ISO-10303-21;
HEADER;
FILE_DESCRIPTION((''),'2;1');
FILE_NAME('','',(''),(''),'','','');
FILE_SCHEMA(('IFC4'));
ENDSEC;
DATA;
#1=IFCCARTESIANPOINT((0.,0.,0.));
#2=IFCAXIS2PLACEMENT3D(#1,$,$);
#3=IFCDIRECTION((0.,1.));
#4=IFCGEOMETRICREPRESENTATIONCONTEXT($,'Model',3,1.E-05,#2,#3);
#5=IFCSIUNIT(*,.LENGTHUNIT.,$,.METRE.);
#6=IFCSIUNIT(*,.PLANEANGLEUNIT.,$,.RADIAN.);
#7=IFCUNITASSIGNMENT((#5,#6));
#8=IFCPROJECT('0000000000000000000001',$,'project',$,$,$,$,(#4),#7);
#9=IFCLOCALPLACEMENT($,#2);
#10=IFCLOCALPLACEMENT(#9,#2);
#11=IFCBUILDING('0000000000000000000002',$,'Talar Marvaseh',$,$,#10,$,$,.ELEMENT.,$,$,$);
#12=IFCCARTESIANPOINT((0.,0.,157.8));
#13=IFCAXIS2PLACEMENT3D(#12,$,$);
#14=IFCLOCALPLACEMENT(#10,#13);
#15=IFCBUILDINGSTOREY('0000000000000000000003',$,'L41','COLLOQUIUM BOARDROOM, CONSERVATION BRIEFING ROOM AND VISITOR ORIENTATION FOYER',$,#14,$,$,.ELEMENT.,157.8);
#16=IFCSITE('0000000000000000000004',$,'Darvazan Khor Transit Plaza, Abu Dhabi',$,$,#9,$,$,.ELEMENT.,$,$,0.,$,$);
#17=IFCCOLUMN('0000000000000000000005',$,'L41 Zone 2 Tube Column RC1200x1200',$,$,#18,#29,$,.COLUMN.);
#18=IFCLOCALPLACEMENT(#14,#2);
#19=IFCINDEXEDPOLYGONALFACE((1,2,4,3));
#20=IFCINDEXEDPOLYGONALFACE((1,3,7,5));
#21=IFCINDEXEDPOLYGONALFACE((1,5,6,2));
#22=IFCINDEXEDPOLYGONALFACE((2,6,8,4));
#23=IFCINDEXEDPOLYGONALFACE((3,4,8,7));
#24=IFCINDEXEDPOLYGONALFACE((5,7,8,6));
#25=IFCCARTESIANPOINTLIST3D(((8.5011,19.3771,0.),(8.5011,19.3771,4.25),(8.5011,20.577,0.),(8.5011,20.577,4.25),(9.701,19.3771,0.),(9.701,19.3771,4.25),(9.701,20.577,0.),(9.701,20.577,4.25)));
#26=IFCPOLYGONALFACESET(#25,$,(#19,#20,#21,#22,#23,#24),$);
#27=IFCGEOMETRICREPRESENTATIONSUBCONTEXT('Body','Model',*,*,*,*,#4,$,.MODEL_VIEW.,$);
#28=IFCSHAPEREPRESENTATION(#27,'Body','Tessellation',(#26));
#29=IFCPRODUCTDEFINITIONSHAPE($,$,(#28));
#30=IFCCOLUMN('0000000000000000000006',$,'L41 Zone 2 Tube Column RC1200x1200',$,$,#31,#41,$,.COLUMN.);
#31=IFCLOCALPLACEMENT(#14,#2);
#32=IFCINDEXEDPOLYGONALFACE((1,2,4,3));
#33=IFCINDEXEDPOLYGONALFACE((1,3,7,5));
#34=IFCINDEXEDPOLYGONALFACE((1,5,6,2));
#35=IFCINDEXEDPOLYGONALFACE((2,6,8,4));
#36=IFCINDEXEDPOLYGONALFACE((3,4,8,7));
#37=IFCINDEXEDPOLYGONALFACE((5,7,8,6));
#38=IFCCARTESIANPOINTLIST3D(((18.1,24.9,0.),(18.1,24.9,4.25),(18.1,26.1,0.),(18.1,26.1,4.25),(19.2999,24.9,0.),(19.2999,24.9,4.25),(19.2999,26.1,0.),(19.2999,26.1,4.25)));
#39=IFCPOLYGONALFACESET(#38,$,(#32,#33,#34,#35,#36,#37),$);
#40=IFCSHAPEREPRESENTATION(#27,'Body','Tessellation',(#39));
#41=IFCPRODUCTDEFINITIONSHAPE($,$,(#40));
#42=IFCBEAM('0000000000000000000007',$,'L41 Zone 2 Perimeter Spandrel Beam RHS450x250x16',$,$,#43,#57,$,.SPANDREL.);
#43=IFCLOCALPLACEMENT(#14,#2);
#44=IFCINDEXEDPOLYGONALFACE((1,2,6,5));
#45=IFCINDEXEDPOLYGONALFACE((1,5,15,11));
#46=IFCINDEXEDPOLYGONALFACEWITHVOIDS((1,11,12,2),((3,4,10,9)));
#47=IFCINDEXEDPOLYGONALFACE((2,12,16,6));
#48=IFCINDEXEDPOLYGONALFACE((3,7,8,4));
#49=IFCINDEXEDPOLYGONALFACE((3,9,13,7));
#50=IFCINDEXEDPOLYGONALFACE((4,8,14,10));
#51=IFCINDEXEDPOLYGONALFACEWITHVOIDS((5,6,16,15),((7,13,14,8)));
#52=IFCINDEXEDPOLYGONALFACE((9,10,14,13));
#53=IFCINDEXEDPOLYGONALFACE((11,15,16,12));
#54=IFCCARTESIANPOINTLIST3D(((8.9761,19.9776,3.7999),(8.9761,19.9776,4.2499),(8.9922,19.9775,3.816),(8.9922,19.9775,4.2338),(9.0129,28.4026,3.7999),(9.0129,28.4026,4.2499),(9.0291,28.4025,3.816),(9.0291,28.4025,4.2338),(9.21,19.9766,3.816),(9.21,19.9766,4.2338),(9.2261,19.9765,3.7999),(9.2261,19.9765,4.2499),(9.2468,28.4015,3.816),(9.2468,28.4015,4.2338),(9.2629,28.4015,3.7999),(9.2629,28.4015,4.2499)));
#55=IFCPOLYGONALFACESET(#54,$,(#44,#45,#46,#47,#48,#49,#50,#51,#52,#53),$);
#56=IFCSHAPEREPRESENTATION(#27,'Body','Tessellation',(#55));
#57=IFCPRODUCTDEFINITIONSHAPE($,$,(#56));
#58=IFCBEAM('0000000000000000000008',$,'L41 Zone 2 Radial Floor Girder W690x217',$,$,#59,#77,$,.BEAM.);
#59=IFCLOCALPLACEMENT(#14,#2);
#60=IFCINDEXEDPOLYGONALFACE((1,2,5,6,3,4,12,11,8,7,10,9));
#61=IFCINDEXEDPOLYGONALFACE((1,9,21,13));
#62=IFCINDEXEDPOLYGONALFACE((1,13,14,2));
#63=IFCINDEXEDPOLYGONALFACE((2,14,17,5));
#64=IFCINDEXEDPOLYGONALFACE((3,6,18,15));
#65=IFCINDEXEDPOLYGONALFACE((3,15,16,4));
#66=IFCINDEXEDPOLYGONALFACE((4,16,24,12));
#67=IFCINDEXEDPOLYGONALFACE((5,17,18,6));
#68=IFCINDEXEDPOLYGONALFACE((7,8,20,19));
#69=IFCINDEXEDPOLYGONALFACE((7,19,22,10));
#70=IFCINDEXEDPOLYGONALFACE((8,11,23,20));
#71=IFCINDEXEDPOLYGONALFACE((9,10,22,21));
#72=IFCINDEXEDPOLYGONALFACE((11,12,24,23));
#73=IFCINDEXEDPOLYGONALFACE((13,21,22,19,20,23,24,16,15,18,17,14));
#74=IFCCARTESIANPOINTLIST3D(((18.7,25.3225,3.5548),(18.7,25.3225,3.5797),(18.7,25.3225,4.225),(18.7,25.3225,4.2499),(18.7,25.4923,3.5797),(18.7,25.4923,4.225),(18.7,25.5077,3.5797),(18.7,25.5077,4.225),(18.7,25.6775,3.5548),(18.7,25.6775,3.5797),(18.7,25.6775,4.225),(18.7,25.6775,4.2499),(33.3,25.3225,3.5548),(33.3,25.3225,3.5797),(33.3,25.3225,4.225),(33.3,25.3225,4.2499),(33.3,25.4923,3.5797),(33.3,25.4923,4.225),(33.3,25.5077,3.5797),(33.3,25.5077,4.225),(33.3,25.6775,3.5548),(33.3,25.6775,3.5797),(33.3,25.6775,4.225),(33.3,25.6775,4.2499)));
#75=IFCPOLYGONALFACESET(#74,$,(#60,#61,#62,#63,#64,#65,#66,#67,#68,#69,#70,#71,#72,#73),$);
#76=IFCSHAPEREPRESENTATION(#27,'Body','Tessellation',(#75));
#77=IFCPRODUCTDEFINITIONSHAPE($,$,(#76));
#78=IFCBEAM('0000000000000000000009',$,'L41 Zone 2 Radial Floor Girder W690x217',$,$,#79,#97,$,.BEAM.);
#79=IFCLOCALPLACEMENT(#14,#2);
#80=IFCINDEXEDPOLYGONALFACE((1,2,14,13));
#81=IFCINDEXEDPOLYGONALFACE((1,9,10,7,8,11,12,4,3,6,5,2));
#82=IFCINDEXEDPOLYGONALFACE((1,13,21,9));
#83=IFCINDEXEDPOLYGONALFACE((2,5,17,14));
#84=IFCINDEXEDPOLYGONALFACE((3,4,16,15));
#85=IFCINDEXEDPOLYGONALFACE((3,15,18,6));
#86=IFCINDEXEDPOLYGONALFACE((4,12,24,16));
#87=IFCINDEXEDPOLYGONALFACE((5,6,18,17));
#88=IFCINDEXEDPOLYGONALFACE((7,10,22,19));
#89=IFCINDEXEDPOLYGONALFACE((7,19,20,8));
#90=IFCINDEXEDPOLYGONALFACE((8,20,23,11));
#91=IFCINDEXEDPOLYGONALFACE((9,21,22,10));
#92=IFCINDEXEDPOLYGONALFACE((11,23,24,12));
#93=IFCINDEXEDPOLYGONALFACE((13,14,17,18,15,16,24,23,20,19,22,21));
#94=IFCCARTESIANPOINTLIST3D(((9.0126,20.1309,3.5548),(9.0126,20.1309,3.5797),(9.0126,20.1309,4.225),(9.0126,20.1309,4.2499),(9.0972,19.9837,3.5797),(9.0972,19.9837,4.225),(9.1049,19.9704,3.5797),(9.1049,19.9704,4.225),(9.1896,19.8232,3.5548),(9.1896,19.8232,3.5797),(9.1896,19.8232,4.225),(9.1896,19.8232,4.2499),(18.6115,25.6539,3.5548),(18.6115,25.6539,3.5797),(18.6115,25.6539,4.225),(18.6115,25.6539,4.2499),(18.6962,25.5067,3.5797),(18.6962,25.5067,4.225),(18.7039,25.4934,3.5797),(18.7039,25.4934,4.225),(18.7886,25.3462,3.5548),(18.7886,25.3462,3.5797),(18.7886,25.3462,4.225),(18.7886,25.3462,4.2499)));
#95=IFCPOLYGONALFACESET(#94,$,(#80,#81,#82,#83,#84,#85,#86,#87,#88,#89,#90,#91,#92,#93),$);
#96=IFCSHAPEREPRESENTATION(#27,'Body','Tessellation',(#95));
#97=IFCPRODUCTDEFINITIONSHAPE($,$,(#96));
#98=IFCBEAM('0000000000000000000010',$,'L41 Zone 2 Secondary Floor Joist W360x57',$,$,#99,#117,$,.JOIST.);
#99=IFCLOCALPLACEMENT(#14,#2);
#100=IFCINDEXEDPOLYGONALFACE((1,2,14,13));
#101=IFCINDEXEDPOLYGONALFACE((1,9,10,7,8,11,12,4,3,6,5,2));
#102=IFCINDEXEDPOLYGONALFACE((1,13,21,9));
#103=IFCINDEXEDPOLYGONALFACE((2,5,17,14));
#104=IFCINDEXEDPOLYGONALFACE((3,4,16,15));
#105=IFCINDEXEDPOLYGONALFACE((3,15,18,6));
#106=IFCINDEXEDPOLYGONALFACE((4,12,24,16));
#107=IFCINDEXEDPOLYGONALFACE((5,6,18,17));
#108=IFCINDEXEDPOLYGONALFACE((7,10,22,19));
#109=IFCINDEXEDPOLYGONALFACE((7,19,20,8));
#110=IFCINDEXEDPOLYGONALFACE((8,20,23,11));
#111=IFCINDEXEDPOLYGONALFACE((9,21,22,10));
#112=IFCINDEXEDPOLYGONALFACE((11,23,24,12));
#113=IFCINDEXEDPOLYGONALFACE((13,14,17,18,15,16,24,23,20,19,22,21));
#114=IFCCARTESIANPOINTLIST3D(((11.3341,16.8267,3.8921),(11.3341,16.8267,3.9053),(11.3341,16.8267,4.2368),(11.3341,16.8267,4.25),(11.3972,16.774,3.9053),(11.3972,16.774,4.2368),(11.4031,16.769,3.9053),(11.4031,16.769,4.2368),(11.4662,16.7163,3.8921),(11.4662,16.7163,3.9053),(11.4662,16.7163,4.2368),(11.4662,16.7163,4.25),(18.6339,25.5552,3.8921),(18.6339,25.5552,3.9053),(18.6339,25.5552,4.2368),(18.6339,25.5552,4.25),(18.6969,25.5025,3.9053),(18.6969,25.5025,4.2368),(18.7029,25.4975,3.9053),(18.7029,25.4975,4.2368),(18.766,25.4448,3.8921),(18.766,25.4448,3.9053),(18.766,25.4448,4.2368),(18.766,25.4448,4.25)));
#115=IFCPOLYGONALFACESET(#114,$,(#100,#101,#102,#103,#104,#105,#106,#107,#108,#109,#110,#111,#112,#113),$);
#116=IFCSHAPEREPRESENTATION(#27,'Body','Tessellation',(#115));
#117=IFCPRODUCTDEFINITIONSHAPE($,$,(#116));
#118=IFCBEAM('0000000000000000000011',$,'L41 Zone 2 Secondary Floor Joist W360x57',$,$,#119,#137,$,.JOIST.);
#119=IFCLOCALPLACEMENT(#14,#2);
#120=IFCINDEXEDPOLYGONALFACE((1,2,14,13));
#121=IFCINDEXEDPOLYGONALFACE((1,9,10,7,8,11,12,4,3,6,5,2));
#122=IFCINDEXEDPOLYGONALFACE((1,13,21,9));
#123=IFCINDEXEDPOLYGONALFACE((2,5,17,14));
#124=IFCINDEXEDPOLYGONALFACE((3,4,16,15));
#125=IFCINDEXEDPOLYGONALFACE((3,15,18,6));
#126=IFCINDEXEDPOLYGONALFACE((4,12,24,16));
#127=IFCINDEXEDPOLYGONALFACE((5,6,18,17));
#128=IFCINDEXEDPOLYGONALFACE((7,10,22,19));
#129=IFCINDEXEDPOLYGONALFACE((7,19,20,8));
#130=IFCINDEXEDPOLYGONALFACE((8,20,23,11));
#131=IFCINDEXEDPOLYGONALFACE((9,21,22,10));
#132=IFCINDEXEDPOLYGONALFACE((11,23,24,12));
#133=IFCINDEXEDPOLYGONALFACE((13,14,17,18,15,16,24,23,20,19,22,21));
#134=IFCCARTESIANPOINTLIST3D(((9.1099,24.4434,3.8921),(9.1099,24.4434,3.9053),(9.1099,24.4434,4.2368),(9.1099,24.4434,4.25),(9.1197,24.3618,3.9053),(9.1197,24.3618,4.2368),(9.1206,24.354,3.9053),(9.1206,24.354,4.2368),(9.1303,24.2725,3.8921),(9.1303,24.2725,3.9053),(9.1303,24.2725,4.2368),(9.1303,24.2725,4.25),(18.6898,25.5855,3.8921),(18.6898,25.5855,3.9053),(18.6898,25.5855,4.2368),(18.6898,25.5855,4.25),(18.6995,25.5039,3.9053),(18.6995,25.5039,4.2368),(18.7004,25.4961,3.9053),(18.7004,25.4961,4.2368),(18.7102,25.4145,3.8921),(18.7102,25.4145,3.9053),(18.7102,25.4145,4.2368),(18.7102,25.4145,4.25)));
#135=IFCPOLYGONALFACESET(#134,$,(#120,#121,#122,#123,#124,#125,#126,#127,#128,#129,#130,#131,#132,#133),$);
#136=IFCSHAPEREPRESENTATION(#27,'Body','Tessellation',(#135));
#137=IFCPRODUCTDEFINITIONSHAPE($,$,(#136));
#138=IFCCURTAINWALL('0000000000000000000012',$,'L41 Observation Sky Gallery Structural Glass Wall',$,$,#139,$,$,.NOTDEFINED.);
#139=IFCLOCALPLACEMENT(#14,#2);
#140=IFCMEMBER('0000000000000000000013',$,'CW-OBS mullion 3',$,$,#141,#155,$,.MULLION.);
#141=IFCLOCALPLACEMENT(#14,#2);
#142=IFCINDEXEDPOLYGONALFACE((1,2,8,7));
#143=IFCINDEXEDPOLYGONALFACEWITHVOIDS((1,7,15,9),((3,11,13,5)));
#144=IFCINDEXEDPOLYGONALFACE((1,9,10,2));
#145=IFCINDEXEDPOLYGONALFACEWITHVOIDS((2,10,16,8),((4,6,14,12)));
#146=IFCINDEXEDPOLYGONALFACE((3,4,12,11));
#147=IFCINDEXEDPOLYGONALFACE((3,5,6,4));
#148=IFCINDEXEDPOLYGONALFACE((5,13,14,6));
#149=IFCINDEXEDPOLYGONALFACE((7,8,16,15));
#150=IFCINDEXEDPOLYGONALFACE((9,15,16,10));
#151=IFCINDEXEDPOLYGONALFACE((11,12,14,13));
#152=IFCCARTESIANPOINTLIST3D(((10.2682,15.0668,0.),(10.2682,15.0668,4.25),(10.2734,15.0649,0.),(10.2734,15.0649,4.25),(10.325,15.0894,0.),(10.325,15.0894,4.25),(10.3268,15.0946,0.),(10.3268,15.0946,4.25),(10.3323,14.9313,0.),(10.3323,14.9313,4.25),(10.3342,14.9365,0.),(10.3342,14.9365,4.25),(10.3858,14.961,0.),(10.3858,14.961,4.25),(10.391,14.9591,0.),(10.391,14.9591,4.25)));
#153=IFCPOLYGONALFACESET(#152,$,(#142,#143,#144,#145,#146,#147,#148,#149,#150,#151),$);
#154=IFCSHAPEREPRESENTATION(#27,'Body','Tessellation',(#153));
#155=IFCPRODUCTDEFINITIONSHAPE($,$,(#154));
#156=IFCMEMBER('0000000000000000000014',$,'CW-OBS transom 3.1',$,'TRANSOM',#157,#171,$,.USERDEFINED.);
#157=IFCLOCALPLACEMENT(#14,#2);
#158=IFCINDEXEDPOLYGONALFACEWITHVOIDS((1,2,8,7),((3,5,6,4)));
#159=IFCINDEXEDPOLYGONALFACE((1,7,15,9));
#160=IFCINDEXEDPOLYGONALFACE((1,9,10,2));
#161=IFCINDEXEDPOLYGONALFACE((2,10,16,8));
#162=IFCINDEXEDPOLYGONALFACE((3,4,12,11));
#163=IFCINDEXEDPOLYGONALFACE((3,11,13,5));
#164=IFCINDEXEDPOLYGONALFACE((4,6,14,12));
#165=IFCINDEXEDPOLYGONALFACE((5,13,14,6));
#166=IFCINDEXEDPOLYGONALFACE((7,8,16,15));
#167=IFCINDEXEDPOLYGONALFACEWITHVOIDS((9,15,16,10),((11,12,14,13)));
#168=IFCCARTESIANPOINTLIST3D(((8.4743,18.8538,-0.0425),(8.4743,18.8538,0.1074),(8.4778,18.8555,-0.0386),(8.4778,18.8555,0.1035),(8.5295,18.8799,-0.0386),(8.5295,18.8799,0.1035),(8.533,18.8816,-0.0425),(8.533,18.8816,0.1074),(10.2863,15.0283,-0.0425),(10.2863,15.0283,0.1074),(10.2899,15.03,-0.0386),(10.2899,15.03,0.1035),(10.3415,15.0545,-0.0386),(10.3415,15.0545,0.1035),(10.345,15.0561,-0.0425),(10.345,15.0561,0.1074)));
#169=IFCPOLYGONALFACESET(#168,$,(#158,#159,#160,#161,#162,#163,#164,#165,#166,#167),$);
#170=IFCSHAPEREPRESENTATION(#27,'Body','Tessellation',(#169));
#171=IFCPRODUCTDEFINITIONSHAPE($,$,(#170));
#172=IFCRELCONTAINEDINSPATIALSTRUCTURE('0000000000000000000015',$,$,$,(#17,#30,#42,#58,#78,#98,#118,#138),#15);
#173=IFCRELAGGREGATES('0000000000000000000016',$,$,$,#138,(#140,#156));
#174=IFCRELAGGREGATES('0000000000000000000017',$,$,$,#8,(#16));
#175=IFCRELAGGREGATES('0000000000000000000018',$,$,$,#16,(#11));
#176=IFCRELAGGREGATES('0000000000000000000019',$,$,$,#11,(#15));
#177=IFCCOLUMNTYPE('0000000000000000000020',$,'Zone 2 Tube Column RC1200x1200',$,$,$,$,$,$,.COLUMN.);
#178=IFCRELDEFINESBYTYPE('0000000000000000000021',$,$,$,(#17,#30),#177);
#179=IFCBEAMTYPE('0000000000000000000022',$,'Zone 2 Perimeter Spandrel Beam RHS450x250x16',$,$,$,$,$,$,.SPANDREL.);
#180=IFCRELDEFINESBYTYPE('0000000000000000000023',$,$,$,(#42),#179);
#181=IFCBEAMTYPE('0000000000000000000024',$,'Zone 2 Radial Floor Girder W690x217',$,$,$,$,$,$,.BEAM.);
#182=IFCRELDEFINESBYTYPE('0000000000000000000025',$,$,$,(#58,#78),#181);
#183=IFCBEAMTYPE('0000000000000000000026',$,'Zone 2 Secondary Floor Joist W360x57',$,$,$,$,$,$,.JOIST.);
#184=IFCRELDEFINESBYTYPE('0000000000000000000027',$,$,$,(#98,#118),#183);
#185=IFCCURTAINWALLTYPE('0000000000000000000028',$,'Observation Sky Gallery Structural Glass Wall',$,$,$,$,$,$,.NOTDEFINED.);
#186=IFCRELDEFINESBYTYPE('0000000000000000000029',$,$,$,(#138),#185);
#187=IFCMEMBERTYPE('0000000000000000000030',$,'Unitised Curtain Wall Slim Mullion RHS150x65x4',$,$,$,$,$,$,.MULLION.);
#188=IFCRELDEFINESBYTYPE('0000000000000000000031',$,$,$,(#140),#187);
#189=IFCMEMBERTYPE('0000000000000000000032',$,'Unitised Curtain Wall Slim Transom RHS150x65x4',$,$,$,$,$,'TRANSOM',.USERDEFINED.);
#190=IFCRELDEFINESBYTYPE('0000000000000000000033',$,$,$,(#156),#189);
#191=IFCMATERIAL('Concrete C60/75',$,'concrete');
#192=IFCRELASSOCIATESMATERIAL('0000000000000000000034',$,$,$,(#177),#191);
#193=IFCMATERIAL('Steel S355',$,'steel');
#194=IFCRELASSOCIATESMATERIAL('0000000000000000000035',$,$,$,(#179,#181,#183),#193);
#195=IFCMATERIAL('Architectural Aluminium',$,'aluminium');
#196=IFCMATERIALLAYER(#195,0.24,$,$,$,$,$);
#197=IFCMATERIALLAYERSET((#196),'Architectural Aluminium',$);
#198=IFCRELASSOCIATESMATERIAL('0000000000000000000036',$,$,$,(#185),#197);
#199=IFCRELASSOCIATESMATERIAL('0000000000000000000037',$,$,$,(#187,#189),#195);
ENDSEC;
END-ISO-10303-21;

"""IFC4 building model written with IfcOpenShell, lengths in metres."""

from ifc_helpers import new_model, si_unit, direction, frame, origin, origin_2d, place, context, subcontext, project, spatial, rectangle, hollow_rectangle, i_section, extrude, source, transform, mapped, material, layer, layer_set, material_profile, profile_set, type_object, type_shapes, element, aggregate, save


model = new_model("IFC4")

# Units and contexts
model_context = context("Model", 3, precision=1e-05, world=origin(), true_north=direction((0.0, 1.0)))
body_context = subcontext(model_context, "Body", "Model", "MODEL_VIEW")
ifc_project = project(units=[si_unit("LENGTHUNIT", "METRE"), si_unit("PLANEANGLEUNIT", "RADIAN")], contexts=[model_context])

# Site, building, storey
site_placement = place(None, origin())
site = spatial("IfcSite", under=ifc_project, at=site_placement, Name="Darvazan Khor Transit Plaza, Abu Dhabi", CompositionType="ELEMENT", RefElevation=0.0)
building_placement = place(site_placement, origin())
building = spatial("IfcBuilding", under=site, at=building_placement, Name="Talar Marvaseh", CompositionType="ELEMENT")
storey_placement = place(building_placement, frame((0.0, 0.0, 157.8)))
storey = spatial("IfcBuildingStorey", under=building, at=storey_placement, Name="L41", Description="COLLOQUIUM BOARDROOM, CONSERVATION BRIEFING ROOM AND VISITOR ORIENTATION FOYER", CompositionType="ELEMENT", Elevation=157.8)

# Columns
ifc_material_1 = material(Name="Concrete C60/75", Category="concrete")
ifc_material_profile_1 = material_profile(ifc_material_1, rectangle(XDim=1.2, YDim=1.2, at=origin_2d()), Name="RC1200x1200")
ifc_profile_set_1 = profile_set([ifc_material_profile_1], Name="Concrete C60/75")
column_type = type_object("IfcColumnType", Name="Zone 2 Tube Column RC1200x1200", PredefinedType="COLUMN", material=ifc_profile_set_1)
for number, where, z_axis, x_axis, name in (
    (1, (9.1011, 19.9771, 0.0), (0.0, 0.0, 1.0), (1.0, 0.0, 0.0), "L41 Zone 2 Tube Column RC1200x1200"),
    (2, (18.7, 25.5, 0.0), (0.0, 0.0, 1.0), (1.0, 0.0, 0.0), "L41 Zone 2 Tube Column RC1200x1200"),
):
    element("IfcColumn", number, at=place(storey_placement, frame(where, z_axis=z_axis, x_axis=x_axis)), inside=storey, type_object=column_type, Name=name, PredefinedType="COLUMN", context=body_context, shape_type="SweptSolid", body=[
        extrude(rectangle(XDim=1.2, YDim=1.2, at=origin_2d()), origin(), (0.0, 0.0, 1.0), 4.25),
    ])

# Beams
ifc_material_2 = material(Name="Steel S355", Category="steel")
ifc_material_profile_2 = material_profile(ifc_material_2, hollow_rectangle(XDim=0.25, YDim=0.45, WallThickness=0.0161, at=origin_2d()), Name="RHS450x250x16")
ifc_profile_set_2 = profile_set([ifc_material_profile_2], Name="Steel S355")
beam_type_1 = type_object("IfcBeamType", Name="Zone 2 Perimeter Spandrel Beam RHS450x250x16", PredefinedType="SPANDREL", material=ifc_profile_set_2)
beam_1_placement = place(storey_placement, frame((9.1011, 19.9771, 4.0249), z_axis=(0.004376, 0.99999, 0.0), x_axis=(-0.99999, 0.004376, 0.0)))
element("IfcBeam", 3, at=beam_1_placement, inside=storey, type_object=beam_type_1, Name="L41 Zone 2 Perimeter Spandrel Beam RHS450x250x16", PredefinedType="SPANDREL", context=body_context, shape_type="SweptSolid", body=[
    extrude(hollow_rectangle(XDim=0.25, YDim=0.45, WallThickness=0.0161, at=origin_2d()), origin(), (0.0, 0.0, 1.0), 8.425),
])
ifc_material_profile_3 = material_profile(ifc_material_2, i_section(OverallWidth=0.355, OverallDepth=0.6951, WebThickness=0.0154, FlangeThickness=0.0249, at=origin_2d()), Name="W690x217")
ifc_profile_set_3 = profile_set([ifc_material_profile_3], Name="Steel S355")
beam_type_2 = type_object("IfcBeamType", Name="Zone 2 Radial Floor Girder W690x217", PredefinedType="BEAM", material=ifc_profile_set_3)
beam_2_placement = place(storey_placement, frame((18.7, 25.5, 3.9023), z_axis=(1.0, 0.0, 0.0), x_axis=(0.0, 1.0, 0.0)))
element("IfcBeam", 4, at=beam_2_placement, inside=storey, type_object=beam_type_2, Name="L41 Zone 2 Radial Floor Girder W690x217", PredefinedType="BEAM", context=body_context, shape_type="SweptSolid", body=[
    extrude(i_section(OverallWidth=0.355, OverallDepth=0.6951, WebThickness=0.0154, FlangeThickness=0.0249, at=origin_2d()), origin(), (0.0, 0.0, 1.0), 14.6001),
])
beam_3_placement = place(storey_placement, frame((9.1011, 19.9771, 3.9023), z_axis=(0.866766, 0.498715, 0.0), x_axis=(-0.498715, 0.866766, 0.0)))
element("IfcBeam", 5, at=beam_3_placement, inside=storey, type_object=beam_type_2, Name="L41 Zone 2 Radial Floor Girder W690x217", PredefinedType="BEAM", context=body_context, shape_type="SweptSolid", body=[
    extrude(i_section(OverallWidth=0.355, OverallDepth=0.6951, WebThickness=0.0154, FlangeThickness=0.0249, at=origin_2d()), origin(), (0.0, 0.0, 1.0), 11.0745),
])
ifc_material_profile_4 = material_profile(ifc_material_2, i_section(OverallWidth=0.1721, OverallDepth=0.3579, WebThickness=0.0078, FlangeThickness=0.0132, at=origin_2d()), Name="W360x57")
ifc_profile_set_4 = profile_set([ifc_material_profile_4], Name="Steel S355")
beam_type_3 = type_object("IfcBeamType", Name="Zone 2 Secondary Floor Joist W360x57", PredefinedType="JOIST", material=ifc_profile_set_4)
beam_4_placement = place(storey_placement, frame((11.4001, 16.7715, 4.071), z_axis=(0.641534, 0.767095, 0.0), x_axis=(-0.767095, 0.641534, 0.0)))
element("IfcBeam", 6, at=beam_4_placement, inside=storey, type_object=beam_type_3, Name="L41 Zone 2 Secondary Floor Joist W360x57", PredefinedType="JOIST", context=body_context, shape_type="SweptSolid", body=[
    extrude(i_section(OverallWidth=0.1721, OverallDepth=0.3579, WebThickness=0.0078, FlangeThickness=0.0132, at=origin_2d()), origin(), (0.0, 0.0, 1.0), 11.3787),
])
beam_5_placement = place(storey_placement, frame((9.1201, 24.3579, 4.071), z_axis=(0.992968, 0.11838, 0.0), x_axis=(-0.11838, 0.992968, 0.0)))
element("IfcBeam", 7, at=beam_5_placement, inside=storey, type_object=beam_type_3, Name="L41 Zone 2 Secondary Floor Joist W360x57", PredefinedType="JOIST", context=body_context, shape_type="SweptSolid", body=[
    extrude(i_section(OverallWidth=0.1721, OverallDepth=0.3579, WebThickness=0.0078, FlangeThickness=0.0132, at=origin_2d()), origin(), (0.0, 0.0, 1.0), 9.6477),
])

# Curtain wall, members
ifc_material_3 = material(Name="Architectural Aluminium", Category="aluminium")
ifc_layer_1 = layer(ifc_material_3, 0.24)
ifc_layer_set_1 = layer_set([ifc_layer_1], Name="Architectural Aluminium")
curtain_wall_type = type_object("IfcCurtainWallType", Name="Observation Sky Gallery Structural Glass Wall", PredefinedType="NOTDEFINED", material=ifc_layer_set_1)
curtain_wall_placement = place(storey_placement, origin())
curtain_wall = element("IfcCurtainWall", 8, at=curtain_wall_placement, inside=storey, type_object=curtain_wall_type, Name="L41 Observation Sky Gallery Structural Glass Wall", PredefinedType="NOTDEFINED")
ifc_material_profile_5 = material_profile(ifc_material_3, hollow_rectangle(XDim=0.0649, YDim=0.1499, WallThickness=0.0039, at=origin_2d()), Name="RHS150x65x4")
ifc_profile_set_5 = profile_set([ifc_material_profile_5], Name="Architectural Aluminium")
member_type_1 = type_object("IfcMemberType", Name="Unitised Curtain Wall Slim Mullion RHS150x65x4", PredefinedType="MULLION", material=ifc_profile_set_5)
shared_shape_1 = source(origin(), body_context, "Body", "SweptSolid", [
    extrude(hollow_rectangle(XDim=0.0649, YDim=0.1499, WallThickness=0.0039, at=origin_2d()), origin(), (0.0, 0.0, 1.0), 4.25),
])
type_shapes(member_type_1, [shared_shape_1])
member_1_placement = place(storey_placement, frame((10.3296, 15.0129, 0.0), z_axis=(0.0, 0.0, 1.0), x_axis=(-0.903737, -0.428089, 0.0)))
member_1 = element("IfcMember", 9, at=member_1_placement, type_object=member_type_1, Name="CW-OBS mullion 3", PredefinedType="MULLION", context=body_context, shape_type="MappedRepresentation", body=[
    mapped(shared_shape_1, transform((0.0, 0.0, 0.0), x_axis=(1.0, 0.0, 0.0), y_axis=(0.0, 1.0, 0.0), z_axis=(0.0, 0.0, 1.0), scale=1.0)),
])
ifc_material_profile_6 = material_profile(ifc_material_3, hollow_rectangle(XDim=0.0649, YDim=0.1499, WallThickness=0.0039, at=origin_2d()), Name="RHS150x65x4")
ifc_profile_set_6 = profile_set([ifc_material_profile_6], Name="Architectural Aluminium")
member_type_2 = type_object("IfcMemberType", Name="Unitised Curtain Wall Slim Transom RHS150x65x4", ElementType="TRANSOM", PredefinedType="USERDEFINED", material=ifc_profile_set_6)
shared_shape_2 = source(origin(), body_context, "Body", "SweptSolid", [
    extrude(hollow_rectangle(XDim=0.0649, YDim=0.1499, WallThickness=0.0039, at=origin_2d()), origin(), (0.0, 0.0, 1.0), 4.2329),
])
type_shapes(member_type_2, [shared_shape_2])
member_2_placement = place(storey_placement, frame((10.3157, 15.0422, 0.0325), z_axis=(-0.428079, 0.903741, 0.0), x_axis=(-0.903741, -0.428079, 0.0)))
member_2 = element("IfcMember", 10, at=member_2_placement, type_object=member_type_2, Name="CW-OBS transom 3.1", ObjectType="TRANSOM", PredefinedType="USERDEFINED", context=body_context, shape_type="MappedRepresentation", body=[
    mapped(shared_shape_2, transform((0.0, 0.0, 0.0), x_axis=(1.0, 0.0, 0.0), y_axis=(0.0, 1.0, 0.0), z_axis=(0.0, 0.0, 1.0), scale=1.0)),
])
aggregate(curtain_wall, [member_1, member_2])

save(model, "model.ifc")
